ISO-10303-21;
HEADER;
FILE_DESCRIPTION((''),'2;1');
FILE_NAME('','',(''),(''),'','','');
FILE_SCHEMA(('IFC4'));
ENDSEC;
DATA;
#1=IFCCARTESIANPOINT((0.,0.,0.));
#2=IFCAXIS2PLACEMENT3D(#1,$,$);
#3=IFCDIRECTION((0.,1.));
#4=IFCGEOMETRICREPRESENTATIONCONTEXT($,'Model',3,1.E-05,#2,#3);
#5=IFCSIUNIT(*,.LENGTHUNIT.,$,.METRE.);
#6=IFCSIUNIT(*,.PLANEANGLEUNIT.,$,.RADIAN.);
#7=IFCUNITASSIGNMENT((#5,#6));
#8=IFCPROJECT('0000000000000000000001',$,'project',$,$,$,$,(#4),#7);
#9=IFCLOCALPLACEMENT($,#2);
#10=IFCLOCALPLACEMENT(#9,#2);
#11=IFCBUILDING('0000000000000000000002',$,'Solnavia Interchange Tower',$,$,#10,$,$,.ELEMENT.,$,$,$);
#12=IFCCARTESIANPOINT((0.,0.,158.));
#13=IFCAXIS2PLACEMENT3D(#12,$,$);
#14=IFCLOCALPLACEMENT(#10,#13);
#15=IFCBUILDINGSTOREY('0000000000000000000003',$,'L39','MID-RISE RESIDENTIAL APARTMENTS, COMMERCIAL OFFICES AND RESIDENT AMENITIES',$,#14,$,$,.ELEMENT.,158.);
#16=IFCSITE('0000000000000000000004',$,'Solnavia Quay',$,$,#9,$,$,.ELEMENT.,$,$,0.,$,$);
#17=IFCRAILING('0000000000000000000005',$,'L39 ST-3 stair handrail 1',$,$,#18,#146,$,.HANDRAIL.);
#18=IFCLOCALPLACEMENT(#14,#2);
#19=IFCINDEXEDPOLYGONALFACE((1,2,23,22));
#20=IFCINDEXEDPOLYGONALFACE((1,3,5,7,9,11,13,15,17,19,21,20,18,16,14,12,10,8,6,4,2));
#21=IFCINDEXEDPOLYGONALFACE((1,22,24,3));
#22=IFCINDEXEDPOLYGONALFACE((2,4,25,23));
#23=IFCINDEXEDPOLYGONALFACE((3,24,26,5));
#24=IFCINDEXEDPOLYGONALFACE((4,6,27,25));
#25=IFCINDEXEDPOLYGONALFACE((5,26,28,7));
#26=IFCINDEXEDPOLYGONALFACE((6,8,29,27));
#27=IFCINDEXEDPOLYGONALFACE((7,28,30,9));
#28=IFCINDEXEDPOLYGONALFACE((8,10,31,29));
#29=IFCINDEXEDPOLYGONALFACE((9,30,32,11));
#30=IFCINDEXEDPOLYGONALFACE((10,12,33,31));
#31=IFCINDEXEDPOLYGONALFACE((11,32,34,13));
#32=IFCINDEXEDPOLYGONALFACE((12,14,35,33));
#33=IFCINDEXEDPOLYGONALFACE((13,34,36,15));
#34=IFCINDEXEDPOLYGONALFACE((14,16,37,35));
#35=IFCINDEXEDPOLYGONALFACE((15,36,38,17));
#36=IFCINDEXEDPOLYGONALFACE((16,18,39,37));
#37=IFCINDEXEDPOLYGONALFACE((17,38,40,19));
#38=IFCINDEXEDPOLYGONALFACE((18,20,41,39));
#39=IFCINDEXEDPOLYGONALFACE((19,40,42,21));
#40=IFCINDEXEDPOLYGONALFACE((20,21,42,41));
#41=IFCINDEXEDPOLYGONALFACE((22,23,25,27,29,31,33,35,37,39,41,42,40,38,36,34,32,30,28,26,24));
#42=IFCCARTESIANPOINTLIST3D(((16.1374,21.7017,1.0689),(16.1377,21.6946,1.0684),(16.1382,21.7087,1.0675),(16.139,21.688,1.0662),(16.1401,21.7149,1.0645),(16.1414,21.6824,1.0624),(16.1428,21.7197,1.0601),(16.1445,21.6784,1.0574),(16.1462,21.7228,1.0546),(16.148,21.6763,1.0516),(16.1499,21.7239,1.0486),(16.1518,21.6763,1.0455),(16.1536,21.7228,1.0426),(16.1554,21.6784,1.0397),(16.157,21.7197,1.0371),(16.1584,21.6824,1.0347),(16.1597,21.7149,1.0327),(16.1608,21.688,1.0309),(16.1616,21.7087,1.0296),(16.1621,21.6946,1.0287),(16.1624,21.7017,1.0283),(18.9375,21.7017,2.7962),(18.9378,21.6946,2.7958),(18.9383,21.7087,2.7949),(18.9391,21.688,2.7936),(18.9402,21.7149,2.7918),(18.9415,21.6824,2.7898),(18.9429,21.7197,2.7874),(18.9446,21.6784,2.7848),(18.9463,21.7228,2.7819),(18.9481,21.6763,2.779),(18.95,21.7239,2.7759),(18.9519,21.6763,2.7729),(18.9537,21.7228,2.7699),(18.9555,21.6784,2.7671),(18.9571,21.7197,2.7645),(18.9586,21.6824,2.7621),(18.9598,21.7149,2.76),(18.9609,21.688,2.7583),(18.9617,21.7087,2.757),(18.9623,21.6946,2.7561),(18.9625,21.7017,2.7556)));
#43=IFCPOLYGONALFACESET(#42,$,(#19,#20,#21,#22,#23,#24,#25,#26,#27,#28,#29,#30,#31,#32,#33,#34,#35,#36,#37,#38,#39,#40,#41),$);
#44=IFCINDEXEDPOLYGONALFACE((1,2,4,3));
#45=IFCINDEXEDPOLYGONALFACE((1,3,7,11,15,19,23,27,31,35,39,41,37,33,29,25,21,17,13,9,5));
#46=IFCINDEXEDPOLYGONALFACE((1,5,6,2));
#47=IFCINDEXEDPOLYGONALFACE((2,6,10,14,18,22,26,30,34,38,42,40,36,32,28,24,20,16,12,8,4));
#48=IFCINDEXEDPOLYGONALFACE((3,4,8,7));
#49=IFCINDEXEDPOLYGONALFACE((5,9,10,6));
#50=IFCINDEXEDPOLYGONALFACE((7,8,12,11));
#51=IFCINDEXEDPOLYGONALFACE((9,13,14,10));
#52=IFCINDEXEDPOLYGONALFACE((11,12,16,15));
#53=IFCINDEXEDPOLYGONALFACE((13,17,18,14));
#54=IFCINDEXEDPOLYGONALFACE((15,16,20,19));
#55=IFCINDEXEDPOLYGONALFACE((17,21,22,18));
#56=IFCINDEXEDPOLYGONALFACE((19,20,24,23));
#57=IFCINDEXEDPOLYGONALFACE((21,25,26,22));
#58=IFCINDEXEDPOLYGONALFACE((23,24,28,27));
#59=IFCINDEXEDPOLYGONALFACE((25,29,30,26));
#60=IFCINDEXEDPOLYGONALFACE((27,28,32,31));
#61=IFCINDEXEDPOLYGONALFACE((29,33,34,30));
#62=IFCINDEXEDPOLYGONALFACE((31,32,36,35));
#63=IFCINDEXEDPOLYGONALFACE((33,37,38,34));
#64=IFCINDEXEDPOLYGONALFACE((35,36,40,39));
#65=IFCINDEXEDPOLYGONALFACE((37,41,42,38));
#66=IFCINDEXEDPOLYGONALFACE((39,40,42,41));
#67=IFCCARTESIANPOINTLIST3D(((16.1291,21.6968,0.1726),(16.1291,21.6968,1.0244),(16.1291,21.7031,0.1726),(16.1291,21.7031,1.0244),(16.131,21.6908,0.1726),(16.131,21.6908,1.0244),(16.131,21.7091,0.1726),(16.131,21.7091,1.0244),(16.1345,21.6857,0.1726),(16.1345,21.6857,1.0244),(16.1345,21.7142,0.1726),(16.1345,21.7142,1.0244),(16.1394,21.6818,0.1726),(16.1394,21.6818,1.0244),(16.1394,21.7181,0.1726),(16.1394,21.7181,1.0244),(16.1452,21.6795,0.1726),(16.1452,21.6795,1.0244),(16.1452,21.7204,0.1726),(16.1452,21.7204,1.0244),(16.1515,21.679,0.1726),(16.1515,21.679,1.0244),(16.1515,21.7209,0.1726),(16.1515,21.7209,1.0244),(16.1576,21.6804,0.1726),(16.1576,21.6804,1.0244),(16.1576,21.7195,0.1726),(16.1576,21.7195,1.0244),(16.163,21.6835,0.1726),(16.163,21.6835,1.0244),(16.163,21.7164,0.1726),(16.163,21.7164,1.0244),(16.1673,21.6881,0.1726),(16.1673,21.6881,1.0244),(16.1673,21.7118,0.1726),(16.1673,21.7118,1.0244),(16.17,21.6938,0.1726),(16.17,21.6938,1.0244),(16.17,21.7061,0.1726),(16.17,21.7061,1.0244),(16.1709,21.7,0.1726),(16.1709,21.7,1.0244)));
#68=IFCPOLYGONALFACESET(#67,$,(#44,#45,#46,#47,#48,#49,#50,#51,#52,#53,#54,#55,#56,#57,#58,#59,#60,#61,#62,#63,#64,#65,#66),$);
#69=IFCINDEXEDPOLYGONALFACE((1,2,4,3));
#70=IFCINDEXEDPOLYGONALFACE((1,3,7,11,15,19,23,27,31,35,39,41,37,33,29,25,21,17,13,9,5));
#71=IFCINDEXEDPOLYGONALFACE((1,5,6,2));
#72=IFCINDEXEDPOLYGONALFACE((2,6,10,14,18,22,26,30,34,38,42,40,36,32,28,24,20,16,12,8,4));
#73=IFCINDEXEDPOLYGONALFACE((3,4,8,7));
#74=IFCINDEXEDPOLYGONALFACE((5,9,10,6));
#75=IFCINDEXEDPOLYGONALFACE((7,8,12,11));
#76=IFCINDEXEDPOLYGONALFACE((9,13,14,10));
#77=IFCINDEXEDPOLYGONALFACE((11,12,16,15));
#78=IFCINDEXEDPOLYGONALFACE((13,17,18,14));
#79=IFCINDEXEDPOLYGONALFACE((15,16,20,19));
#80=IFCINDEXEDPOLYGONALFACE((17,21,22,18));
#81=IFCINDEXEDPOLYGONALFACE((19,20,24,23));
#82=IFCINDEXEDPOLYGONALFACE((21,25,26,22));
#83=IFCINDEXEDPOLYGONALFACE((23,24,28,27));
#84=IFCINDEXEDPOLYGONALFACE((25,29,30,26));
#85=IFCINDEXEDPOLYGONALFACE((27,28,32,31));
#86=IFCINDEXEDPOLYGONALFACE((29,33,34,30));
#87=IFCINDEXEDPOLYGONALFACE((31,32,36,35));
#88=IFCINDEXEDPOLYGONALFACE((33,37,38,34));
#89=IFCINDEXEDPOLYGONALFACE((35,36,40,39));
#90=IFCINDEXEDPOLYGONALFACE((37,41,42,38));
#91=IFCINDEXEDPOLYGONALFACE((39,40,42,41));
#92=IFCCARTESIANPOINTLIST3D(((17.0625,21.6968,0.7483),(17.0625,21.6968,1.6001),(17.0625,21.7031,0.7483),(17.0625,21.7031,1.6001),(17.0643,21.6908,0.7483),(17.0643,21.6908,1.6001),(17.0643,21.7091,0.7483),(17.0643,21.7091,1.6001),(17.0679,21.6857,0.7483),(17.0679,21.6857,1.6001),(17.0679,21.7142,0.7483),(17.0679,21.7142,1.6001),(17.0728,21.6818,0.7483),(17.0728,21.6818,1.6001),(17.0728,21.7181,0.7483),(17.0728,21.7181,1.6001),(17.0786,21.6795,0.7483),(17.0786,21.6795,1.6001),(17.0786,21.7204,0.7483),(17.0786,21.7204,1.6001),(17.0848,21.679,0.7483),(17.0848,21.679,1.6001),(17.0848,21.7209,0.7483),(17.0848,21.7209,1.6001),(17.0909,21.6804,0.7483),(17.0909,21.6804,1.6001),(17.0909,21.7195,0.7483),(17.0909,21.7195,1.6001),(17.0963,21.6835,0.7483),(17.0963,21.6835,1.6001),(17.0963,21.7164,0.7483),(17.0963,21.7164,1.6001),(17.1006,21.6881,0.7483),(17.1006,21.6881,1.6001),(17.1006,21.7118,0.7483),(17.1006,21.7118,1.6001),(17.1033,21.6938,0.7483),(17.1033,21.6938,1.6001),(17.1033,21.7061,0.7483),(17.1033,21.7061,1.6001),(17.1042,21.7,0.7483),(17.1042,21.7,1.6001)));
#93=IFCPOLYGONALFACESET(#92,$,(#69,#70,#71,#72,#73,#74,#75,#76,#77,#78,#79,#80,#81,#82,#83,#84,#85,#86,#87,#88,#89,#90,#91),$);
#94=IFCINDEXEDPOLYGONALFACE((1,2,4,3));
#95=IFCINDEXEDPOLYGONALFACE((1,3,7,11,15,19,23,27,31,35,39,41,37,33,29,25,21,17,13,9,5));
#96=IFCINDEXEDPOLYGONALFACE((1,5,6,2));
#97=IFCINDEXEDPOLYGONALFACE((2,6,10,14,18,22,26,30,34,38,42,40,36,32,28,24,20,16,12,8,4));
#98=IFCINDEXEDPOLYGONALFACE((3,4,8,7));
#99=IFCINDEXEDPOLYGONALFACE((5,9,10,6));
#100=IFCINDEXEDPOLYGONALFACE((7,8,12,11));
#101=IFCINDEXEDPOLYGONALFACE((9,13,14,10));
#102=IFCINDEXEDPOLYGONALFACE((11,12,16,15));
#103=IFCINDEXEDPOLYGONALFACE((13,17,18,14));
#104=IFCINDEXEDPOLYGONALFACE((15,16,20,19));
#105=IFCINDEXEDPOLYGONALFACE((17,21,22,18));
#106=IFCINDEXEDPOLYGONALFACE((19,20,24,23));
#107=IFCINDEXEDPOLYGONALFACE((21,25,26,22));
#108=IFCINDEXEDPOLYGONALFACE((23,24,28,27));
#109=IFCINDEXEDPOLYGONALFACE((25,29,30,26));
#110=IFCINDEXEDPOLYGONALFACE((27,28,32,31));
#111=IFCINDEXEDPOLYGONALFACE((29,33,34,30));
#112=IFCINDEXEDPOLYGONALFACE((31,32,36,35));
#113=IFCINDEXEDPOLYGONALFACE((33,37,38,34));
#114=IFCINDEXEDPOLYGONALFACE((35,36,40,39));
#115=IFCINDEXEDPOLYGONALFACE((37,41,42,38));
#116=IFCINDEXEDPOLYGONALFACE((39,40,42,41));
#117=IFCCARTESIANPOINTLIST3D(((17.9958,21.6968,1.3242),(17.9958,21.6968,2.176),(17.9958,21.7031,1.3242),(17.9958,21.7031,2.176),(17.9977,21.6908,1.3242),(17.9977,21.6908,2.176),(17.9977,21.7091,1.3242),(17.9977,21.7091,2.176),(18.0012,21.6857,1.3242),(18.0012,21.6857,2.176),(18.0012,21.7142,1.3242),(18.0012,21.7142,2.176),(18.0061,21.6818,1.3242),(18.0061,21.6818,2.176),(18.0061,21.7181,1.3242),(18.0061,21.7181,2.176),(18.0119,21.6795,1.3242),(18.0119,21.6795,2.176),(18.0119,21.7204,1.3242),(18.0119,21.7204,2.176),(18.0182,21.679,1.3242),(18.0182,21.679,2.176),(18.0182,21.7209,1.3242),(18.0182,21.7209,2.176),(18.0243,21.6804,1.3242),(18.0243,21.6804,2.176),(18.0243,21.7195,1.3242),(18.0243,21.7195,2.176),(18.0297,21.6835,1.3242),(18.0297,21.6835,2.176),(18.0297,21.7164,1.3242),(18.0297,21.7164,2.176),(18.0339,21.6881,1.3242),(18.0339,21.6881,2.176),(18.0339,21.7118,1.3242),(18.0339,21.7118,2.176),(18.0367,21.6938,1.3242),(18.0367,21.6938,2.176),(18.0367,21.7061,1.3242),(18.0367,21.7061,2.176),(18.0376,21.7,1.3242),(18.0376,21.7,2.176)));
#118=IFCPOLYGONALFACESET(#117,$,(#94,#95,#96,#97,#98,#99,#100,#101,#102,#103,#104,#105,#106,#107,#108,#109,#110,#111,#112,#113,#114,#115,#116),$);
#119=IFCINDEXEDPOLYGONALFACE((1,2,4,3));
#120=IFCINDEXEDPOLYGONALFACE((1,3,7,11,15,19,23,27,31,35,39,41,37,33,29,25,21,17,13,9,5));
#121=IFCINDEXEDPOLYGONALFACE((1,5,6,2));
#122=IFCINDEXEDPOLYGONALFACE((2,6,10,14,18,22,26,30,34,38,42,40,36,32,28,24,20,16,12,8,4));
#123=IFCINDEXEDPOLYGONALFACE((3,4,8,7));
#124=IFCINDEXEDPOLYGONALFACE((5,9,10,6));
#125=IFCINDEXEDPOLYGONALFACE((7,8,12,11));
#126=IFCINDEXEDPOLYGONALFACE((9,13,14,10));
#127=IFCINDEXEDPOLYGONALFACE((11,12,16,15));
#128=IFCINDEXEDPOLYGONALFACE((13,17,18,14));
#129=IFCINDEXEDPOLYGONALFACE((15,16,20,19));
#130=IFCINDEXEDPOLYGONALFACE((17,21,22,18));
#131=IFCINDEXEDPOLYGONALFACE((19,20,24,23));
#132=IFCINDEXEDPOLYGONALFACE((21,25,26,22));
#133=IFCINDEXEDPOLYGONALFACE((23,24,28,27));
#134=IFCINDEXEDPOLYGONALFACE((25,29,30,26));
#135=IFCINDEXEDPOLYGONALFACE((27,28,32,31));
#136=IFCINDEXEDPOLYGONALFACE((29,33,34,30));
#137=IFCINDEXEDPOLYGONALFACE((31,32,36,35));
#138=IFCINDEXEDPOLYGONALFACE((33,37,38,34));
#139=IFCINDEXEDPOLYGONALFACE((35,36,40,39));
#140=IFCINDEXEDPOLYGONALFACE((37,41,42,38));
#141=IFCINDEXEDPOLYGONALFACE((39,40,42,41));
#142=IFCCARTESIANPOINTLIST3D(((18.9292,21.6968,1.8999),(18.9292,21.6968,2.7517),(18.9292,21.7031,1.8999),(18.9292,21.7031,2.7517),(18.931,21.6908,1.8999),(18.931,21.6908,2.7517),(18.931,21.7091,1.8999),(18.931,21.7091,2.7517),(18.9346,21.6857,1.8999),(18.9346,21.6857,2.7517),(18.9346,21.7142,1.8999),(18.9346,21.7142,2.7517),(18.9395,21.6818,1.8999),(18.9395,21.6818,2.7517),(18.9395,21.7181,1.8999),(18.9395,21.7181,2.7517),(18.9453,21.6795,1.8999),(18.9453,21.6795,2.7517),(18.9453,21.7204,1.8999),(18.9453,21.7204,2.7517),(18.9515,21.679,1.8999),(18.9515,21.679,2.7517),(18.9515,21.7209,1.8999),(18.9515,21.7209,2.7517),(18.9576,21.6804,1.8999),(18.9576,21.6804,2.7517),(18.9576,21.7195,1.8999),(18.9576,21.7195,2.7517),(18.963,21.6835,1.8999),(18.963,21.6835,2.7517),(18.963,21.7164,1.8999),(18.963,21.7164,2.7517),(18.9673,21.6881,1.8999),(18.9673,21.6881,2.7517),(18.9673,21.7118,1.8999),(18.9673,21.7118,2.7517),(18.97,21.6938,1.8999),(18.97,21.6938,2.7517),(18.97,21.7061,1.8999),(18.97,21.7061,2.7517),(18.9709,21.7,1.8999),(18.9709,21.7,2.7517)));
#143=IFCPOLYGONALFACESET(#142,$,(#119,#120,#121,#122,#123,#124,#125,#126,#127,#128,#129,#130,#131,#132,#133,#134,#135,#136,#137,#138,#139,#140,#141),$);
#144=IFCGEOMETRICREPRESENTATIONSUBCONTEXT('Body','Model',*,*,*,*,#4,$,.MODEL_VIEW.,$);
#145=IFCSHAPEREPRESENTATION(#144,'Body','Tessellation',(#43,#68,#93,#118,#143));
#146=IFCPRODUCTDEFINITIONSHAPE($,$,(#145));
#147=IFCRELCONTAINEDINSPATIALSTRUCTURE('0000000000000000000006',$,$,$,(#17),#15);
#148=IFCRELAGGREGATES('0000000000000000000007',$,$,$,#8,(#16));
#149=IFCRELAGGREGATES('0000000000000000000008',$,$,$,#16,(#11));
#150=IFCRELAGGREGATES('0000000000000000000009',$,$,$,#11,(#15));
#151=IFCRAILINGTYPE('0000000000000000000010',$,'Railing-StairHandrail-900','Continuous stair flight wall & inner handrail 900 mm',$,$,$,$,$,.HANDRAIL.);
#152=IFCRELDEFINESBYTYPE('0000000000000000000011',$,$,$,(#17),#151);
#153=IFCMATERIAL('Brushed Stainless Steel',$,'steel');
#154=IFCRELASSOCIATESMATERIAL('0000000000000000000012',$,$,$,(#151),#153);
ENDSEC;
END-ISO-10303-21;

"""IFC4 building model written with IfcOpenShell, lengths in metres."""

from ifc_helpers import new_model, si_unit, direction, frame, origin, origin_2d, place, context, subcontext, project, spatial, circle, extrude, material, type_object, element, save


model = new_model("IFC4")

# Units and contexts
model_context = context("Model", 3, precision=1e-05, world=origin(), true_north=direction((0.0, 1.0)))
body_context = subcontext(model_context, "Body", "Model", "MODEL_VIEW")
ifc_project = project(units=[si_unit("LENGTHUNIT", "METRE"), si_unit("PLANEANGLEUNIT", "RADIAN")], contexts=[model_context])

# Site, building, storey
site_placement = place(None, origin())
site = spatial("IfcSite", under=ifc_project, at=site_placement, Name="Solnavia Quay", CompositionType="ELEMENT", RefElevation=0.0)
building_placement = place(site_placement, origin())
building = spatial("IfcBuilding", under=site, at=building_placement, Name="Solnavia Interchange Tower", CompositionType="ELEMENT")
storey_placement = place(building_placement, frame((0.0, 0.0, 158.0)))
storey = spatial("IfcBuildingStorey", under=building, at=storey_placement, Name="L39", Description="MID-RISE RESIDENTIAL APARTMENTS, COMMERCIAL OFFICES AND RESIDENT AMENITIES", CompositionType="ELEMENT", Elevation=158.0)

# Railing
ifc_material_1 = material(Name="Brushed Stainless Steel", Category="steel")
railing_type_1 = type_object("IfcRailingType", Name="Railing-StairHandrail-900", Description="Continuous stair flight wall & inner handrail 900 mm", PredefinedType="HANDRAIL", material=ifc_material_1)
railing_1_placement = place(storey_placement, frame((16.1499, 21.7, 0.1726)))
element("IfcRailing", 1, at=railing_1_placement, inside=storey, type_object=railing_type_1, Name="L39 ST-3 stair handrail 1", PredefinedType="HANDRAIL", context=body_context, shape_type="SweptSolid", body=[
    extrude(circle(Radius=0.0239, at=origin_2d()), frame((0.0, 0.0, 0.876), z_axis=(0.85109, 0.0, 0.52502), x_axis=(0.0, 1.0, 0.0)), (0.0, 0.0, 1.0), 3.29),
    extrude(circle(Radius=0.021, at=origin_2d()), origin(), (0.0, 0.0, 1.0), 0.8518),
    extrude(circle(Radius=0.021, at=origin_2d()), frame((0.9333, 0.0, 0.5757)), (0.0, 0.0, 1.0), 0.8518),
    extrude(circle(Radius=0.021, at=origin_2d()), frame((1.8667, 0.0, 1.1516)), (0.0, 0.0, 1.0), 0.8518),
    extrude(circle(Radius=0.021, at=origin_2d()), frame((2.8, 0.0, 1.7273)), (0.0, 0.0, 1.0), 0.8518),
])

save(model, "model.ifc")
